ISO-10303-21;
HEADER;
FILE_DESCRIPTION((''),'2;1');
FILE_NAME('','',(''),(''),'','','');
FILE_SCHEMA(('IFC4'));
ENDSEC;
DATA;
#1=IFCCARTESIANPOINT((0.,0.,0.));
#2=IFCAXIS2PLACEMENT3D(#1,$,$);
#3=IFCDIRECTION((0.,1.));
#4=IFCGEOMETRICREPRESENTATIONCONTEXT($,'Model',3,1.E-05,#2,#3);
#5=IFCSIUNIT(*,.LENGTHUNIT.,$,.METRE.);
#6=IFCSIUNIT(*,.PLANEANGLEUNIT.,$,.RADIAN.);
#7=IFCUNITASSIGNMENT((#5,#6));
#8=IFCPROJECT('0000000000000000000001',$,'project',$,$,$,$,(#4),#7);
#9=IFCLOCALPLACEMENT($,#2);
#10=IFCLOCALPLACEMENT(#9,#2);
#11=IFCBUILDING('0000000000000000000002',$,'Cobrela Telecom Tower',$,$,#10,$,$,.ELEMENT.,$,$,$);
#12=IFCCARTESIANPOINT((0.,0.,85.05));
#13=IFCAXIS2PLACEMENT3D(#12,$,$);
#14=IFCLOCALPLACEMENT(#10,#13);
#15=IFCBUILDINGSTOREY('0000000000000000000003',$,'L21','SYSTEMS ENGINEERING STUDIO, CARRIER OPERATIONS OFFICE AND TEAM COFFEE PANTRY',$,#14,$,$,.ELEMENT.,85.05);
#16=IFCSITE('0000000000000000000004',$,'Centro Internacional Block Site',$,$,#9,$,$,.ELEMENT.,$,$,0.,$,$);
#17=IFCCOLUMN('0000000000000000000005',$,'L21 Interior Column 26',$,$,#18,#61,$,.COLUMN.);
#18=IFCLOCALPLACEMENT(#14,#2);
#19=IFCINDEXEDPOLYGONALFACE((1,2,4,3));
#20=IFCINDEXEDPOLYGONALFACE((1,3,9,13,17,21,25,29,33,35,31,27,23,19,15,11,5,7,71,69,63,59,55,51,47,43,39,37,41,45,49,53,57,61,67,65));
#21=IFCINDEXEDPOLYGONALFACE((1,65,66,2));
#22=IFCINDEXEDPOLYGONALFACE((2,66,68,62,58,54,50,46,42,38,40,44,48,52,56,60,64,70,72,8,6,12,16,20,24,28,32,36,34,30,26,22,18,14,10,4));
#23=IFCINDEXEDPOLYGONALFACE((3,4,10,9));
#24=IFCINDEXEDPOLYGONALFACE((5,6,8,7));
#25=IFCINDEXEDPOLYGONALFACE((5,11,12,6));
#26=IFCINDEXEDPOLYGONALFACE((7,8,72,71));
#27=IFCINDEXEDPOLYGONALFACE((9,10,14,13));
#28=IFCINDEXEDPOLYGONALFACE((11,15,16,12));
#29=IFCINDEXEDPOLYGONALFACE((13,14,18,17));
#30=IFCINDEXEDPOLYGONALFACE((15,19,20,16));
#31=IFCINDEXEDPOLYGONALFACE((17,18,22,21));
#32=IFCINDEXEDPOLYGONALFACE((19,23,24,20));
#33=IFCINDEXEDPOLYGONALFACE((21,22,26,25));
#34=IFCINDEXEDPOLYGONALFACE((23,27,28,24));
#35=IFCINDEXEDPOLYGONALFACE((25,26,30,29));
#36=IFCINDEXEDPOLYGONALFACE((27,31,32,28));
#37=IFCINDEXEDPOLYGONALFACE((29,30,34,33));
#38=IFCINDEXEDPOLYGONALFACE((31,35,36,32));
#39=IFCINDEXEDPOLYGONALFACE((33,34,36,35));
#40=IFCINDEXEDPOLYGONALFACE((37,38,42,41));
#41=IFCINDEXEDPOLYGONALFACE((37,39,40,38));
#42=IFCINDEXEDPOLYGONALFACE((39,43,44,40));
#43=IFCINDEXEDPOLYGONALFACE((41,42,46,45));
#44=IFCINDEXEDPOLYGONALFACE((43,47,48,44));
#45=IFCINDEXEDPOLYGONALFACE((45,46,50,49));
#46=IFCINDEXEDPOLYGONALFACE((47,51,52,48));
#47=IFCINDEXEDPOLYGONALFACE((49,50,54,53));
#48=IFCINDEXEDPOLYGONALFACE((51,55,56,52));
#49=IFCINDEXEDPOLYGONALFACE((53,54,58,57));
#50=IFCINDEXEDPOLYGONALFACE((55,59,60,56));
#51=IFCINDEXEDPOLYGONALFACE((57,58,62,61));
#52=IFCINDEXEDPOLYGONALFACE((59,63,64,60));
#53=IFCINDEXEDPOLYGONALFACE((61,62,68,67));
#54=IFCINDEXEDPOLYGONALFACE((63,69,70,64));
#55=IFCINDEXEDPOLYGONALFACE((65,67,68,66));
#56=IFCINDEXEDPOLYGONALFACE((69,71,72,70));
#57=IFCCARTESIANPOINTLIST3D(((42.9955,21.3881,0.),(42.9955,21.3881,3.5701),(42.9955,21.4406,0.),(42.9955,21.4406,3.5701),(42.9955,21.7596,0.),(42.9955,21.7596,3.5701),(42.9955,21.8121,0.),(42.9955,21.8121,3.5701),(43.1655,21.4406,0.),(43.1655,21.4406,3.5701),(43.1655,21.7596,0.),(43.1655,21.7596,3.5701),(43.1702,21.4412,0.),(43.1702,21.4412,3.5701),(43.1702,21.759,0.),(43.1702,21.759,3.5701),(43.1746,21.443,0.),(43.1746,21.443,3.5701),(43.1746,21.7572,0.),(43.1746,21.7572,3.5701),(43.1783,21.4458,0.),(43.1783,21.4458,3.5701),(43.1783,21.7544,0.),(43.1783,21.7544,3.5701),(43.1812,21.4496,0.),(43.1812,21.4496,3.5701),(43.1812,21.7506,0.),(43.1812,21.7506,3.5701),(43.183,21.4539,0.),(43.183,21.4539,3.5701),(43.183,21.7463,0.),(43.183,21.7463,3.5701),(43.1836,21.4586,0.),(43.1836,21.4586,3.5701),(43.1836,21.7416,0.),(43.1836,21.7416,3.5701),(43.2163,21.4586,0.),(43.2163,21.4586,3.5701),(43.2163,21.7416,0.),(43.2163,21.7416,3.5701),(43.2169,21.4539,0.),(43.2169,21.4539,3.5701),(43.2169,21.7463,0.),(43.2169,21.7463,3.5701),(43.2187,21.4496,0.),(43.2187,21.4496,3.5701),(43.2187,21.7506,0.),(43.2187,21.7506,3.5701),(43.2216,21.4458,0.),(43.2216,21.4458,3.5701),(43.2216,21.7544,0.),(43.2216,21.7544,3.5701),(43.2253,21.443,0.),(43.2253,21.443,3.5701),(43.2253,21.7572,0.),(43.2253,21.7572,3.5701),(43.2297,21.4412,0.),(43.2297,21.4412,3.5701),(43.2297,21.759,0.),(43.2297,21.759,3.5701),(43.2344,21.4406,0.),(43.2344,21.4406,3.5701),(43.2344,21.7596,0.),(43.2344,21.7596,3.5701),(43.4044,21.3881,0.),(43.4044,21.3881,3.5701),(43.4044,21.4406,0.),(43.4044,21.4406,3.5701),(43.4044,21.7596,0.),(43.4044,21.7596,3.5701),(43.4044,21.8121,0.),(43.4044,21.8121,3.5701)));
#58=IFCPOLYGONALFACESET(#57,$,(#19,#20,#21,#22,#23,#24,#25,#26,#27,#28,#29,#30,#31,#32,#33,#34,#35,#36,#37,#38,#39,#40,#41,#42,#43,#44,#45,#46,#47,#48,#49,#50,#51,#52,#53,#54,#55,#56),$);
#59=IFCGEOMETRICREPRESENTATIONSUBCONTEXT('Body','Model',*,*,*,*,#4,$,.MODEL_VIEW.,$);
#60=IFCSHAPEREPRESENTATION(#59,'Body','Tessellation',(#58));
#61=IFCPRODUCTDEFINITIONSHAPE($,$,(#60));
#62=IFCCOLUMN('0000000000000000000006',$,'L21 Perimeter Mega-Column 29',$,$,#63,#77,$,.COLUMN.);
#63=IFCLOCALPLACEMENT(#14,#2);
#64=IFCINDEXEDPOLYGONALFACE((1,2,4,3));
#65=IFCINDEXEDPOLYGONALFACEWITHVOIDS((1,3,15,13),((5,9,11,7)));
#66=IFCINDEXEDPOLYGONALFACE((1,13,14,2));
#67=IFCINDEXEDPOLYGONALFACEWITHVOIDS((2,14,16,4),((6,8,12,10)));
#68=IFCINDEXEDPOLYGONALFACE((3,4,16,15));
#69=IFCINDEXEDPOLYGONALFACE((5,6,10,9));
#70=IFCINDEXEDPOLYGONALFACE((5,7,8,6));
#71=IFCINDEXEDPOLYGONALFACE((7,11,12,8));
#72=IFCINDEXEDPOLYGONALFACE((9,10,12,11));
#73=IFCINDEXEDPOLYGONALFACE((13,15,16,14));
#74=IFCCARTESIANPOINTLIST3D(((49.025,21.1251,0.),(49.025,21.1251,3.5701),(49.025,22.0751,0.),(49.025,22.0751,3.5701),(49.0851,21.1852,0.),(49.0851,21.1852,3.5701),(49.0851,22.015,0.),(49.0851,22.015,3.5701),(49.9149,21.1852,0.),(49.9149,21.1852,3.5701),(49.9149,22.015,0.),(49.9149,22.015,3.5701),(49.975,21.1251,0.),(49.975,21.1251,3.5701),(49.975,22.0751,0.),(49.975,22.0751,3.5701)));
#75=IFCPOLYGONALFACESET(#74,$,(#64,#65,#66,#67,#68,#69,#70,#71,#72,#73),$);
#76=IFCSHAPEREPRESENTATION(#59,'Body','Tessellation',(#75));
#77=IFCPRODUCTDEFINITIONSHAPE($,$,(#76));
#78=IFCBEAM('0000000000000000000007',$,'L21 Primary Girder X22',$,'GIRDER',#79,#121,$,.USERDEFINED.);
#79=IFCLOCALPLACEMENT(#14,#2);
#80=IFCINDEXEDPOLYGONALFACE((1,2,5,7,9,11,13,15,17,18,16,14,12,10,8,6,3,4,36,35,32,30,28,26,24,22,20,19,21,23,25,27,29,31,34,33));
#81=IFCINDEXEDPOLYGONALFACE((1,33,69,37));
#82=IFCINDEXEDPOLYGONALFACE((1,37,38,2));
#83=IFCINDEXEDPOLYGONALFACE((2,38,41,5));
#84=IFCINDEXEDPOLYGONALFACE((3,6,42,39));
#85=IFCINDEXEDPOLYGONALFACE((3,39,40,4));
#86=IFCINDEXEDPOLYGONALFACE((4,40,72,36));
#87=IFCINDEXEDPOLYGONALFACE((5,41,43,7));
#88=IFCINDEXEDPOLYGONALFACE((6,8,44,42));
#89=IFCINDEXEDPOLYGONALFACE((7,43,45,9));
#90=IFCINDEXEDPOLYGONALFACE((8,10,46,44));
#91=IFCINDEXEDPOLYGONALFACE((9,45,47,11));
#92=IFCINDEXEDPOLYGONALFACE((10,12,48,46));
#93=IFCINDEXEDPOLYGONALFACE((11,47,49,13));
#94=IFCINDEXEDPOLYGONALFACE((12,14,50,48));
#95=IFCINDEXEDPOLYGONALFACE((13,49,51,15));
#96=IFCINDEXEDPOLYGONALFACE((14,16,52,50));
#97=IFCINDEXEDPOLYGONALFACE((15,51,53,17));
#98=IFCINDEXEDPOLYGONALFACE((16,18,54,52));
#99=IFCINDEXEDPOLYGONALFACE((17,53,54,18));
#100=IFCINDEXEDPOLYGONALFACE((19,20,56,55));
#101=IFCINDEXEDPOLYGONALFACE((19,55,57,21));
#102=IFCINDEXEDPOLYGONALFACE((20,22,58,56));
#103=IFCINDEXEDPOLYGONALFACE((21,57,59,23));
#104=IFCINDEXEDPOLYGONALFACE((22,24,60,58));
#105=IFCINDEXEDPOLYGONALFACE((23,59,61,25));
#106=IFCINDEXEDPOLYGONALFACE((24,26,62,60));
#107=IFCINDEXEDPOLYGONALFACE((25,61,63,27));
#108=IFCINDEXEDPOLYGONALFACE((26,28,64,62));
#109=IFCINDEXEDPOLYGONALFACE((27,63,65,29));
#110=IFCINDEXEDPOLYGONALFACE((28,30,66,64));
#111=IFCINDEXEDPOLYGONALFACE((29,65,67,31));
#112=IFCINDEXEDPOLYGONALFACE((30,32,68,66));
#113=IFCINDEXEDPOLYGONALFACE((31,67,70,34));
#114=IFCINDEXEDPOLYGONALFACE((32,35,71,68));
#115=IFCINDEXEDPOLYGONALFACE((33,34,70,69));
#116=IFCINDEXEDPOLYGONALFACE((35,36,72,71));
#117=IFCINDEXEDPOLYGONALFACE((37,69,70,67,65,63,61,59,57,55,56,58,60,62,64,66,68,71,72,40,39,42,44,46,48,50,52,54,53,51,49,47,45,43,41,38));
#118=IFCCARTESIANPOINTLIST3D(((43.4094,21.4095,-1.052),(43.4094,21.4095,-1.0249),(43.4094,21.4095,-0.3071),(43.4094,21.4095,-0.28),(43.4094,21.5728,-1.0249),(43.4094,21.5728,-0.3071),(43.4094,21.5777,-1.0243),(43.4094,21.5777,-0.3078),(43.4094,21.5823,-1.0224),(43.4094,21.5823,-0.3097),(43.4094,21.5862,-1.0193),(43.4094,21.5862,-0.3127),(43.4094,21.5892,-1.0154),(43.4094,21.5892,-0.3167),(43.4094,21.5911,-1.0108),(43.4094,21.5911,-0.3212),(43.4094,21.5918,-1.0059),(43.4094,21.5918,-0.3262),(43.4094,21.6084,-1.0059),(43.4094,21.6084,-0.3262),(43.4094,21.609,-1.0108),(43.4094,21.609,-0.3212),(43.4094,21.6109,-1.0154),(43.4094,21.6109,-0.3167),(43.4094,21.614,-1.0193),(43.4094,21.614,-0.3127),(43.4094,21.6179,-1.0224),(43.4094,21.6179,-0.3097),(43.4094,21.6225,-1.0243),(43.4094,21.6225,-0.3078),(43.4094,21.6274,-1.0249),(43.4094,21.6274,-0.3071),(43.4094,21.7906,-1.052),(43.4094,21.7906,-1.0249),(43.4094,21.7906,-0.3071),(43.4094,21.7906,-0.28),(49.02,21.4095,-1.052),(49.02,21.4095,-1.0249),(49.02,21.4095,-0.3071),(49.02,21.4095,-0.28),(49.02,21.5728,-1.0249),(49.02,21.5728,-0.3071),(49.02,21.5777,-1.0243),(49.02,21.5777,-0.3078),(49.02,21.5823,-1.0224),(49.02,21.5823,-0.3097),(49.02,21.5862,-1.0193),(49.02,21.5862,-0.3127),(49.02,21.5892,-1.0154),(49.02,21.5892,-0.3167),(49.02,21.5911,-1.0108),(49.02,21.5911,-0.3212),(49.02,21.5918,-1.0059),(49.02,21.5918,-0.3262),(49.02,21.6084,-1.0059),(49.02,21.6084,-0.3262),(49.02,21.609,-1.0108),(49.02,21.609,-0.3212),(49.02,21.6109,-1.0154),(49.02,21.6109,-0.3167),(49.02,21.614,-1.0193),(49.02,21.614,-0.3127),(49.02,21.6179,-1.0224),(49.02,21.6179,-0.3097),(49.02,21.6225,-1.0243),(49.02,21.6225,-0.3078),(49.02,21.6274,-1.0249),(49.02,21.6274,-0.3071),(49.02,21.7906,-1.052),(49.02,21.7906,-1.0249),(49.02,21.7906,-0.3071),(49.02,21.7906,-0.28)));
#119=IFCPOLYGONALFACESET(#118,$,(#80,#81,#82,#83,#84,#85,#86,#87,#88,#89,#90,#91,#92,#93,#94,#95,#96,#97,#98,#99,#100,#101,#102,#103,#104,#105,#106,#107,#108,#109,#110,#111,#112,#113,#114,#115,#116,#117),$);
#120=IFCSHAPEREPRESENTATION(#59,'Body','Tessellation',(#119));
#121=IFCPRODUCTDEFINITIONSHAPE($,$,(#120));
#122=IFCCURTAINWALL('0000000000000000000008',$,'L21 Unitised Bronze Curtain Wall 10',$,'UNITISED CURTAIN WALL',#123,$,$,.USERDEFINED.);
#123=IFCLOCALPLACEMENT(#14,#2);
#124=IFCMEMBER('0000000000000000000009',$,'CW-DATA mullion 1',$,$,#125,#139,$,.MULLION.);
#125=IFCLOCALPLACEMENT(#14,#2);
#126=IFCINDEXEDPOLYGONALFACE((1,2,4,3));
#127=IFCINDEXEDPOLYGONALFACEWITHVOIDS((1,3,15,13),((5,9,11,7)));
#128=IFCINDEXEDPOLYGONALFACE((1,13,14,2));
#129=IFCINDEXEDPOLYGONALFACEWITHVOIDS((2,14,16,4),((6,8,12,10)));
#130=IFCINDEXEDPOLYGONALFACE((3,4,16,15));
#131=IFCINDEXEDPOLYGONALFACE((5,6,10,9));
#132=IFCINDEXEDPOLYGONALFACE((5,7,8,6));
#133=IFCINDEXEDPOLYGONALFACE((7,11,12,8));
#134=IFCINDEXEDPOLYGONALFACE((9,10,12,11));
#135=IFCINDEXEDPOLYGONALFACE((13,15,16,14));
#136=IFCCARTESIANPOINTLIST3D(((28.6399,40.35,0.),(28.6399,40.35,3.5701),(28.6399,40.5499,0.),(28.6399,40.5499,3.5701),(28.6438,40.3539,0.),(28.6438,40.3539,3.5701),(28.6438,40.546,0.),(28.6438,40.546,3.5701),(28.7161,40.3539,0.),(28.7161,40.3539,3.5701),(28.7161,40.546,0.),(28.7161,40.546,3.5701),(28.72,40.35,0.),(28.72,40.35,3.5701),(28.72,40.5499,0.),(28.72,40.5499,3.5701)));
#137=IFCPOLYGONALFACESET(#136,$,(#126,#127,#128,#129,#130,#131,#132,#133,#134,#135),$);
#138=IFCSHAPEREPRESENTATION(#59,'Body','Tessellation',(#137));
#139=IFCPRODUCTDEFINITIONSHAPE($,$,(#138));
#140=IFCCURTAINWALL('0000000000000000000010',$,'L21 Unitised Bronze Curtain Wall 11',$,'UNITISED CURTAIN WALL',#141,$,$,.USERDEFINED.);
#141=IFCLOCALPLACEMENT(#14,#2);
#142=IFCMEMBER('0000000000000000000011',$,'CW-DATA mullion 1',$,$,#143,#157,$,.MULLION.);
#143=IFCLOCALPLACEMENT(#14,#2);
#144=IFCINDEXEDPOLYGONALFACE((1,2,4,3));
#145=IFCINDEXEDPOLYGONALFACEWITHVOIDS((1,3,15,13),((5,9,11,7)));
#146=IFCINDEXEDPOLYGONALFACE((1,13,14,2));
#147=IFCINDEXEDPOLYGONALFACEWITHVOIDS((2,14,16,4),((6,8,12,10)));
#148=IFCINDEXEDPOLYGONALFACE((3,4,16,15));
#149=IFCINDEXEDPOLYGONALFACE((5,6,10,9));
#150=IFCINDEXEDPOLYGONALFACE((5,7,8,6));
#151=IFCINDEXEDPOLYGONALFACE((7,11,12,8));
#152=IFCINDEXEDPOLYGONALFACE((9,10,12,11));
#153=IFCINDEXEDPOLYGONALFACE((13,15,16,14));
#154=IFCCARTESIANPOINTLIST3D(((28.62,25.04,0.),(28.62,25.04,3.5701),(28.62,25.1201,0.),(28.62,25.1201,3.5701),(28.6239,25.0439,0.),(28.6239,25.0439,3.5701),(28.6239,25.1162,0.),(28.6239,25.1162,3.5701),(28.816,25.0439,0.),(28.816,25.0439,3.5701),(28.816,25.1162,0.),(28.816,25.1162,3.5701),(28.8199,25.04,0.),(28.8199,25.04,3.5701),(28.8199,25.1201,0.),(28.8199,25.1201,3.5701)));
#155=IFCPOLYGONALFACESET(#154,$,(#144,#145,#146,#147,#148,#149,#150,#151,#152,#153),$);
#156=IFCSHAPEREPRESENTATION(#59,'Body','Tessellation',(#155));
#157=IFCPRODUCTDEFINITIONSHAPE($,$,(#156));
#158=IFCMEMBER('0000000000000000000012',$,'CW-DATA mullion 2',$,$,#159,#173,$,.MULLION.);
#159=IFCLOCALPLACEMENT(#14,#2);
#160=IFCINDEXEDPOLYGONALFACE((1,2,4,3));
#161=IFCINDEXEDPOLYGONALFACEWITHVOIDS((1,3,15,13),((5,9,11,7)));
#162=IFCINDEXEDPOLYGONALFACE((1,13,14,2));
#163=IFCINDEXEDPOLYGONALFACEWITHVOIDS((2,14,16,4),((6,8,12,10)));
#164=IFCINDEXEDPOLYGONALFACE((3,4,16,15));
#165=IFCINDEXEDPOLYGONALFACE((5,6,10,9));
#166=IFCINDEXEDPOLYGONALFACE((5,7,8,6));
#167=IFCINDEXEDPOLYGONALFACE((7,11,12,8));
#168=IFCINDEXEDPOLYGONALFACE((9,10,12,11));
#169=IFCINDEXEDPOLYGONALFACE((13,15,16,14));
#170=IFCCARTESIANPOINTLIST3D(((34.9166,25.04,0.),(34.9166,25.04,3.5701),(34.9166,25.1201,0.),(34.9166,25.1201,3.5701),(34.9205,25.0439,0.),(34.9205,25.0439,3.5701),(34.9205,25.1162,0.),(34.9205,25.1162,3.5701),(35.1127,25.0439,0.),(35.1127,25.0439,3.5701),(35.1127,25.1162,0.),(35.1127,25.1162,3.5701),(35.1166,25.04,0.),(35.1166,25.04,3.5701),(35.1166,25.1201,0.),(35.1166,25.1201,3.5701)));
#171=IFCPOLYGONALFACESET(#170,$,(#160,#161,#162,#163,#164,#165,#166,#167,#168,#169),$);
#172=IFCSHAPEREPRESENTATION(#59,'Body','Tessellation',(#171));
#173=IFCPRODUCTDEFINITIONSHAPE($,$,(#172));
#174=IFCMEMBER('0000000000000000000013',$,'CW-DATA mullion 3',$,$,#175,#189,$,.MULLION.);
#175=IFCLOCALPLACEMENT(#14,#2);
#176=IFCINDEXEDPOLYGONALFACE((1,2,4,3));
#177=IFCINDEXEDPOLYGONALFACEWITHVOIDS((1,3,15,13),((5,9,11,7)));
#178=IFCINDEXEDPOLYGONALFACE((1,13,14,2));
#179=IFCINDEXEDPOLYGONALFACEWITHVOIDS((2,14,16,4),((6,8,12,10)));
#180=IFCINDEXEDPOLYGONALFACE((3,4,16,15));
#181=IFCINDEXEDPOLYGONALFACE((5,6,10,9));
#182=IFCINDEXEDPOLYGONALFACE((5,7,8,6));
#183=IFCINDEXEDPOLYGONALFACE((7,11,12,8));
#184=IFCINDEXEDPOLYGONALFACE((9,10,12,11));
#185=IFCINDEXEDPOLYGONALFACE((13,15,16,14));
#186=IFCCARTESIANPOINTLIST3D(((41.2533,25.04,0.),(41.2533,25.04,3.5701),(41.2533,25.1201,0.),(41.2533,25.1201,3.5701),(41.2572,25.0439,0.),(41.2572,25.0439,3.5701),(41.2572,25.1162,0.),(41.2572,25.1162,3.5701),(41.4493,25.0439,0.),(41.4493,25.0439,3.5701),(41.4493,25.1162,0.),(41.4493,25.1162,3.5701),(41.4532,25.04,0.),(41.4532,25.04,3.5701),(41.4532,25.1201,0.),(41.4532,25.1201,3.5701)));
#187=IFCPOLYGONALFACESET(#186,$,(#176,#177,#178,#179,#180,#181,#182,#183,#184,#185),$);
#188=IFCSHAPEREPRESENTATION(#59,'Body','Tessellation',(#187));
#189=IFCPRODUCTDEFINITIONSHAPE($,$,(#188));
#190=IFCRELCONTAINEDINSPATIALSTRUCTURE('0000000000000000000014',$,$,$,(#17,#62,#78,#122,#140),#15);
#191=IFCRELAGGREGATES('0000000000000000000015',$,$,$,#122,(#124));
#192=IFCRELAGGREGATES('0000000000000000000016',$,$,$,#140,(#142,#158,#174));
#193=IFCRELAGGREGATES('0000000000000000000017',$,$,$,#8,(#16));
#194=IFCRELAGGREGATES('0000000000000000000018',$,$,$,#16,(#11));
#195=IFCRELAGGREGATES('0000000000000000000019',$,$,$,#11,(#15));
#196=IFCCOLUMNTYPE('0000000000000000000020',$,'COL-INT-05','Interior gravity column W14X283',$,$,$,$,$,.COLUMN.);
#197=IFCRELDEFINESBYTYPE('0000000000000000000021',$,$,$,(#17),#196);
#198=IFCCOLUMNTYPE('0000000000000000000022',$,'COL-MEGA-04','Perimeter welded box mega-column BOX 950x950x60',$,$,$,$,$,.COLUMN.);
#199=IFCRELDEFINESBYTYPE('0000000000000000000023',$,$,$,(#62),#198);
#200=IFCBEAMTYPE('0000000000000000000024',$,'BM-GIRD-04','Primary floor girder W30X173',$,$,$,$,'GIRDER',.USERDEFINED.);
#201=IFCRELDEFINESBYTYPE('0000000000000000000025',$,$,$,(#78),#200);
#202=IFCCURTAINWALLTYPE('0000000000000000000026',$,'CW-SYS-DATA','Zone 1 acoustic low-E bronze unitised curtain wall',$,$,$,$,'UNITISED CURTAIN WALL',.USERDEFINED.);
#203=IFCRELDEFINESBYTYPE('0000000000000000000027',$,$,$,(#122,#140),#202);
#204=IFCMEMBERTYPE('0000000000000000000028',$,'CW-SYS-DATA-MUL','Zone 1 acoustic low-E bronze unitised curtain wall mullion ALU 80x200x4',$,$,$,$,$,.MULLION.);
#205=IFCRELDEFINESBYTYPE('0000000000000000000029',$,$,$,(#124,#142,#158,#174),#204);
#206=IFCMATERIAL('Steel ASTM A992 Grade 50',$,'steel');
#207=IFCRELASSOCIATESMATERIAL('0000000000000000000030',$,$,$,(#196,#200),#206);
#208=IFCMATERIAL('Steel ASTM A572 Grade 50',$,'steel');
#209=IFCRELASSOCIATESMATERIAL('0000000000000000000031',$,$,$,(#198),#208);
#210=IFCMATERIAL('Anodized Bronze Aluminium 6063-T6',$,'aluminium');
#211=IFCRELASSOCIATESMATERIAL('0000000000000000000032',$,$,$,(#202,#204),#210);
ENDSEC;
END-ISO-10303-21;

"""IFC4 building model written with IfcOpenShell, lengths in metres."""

from ifc_helpers import new_model, si_unit, direction, frame, origin, origin_2d, place, context, subcontext, project, spatial, hollow_rectangle, i_section, extrude, material, material_profile, profile_set, type_object, element, aggregate, save


model = new_model("IFC4")

# Units and contexts
model_context = context("Model", 3, precision=1e-05, world=origin(), true_north=direction((0.0, 1.0)))
body_context = subcontext(model_context, "Body", "Model", "MODEL_VIEW")
ifc_project = project(units=[si_unit("LENGTHUNIT", "METRE"), si_unit("PLANEANGLEUNIT", "RADIAN")], contexts=[model_context])

# Site, building, storey
site_placement = place(None, origin())
site = spatial("IfcSite", under=ifc_project, at=site_placement, Name="Centro Internacional Block Site", CompositionType="ELEMENT", RefElevation=0.0)
building_placement = place(site_placement, origin())
building = spatial("IfcBuilding", under=site, at=building_placement, Name="Cobrela Telecom Tower", CompositionType="ELEMENT")
storey_placement = place(building_placement, frame((0.0, 0.0, 85.05)))
storey = spatial("IfcBuildingStorey", under=building, at=storey_placement, Name="L21", Description="SYSTEMS ENGINEERING STUDIO, CARRIER OPERATIONS OFFICE AND TEAM COFFEE PANTRY", CompositionType="ELEMENT", Elevation=85.05)

# Columns
ifc_material_1 = material(Name="Steel ASTM A992 Grade 50", Category="steel")
ifc_material_profile_1 = material_profile(ifc_material_1, i_section(OverallWidth=0.4089, OverallDepth=0.4241, WebThickness=0.0327, FlangeThickness=0.0525, FilletRadius=0.0181, at=origin_2d()), Name="W14X283")
ifc_profile_set_1 = profile_set([ifc_material_profile_1], Name="Steel ASTM A992 Grade 50")
column_type_1 = type_object("IfcColumnType", Name="COL-INT-05", Description="Interior gravity column W14X283", PredefinedType="COLUMN", material=ifc_profile_set_1)
column_1_placement = place(storey_placement, frame((43.2, 21.6001, 0.0), z_axis=(0.0, 0.0, 1.0), x_axis=(1.0, 0.0, 0.0)))
element("IfcColumn", 1, at=column_1_placement, inside=storey, type_object=column_type_1, Name="L21 Interior Column 26", PredefinedType="COLUMN", context=body_context, shape_type="SweptSolid", body=[
    extrude(i_section(OverallWidth=0.4089, OverallDepth=0.4241, WebThickness=0.0327, FlangeThickness=0.0525, FilletRadius=0.0181, at=origin_2d()), origin(), (0.0, 0.0, 1.0), 3.5701),
])
ifc_material_2 = material(Name="Steel ASTM A572 Grade 50", Category="steel")
ifc_material_profile_2 = material_profile(ifc_material_2, hollow_rectangle(XDim=0.95, YDim=0.95, WallThickness=0.0601, at=origin_2d()), Name="BOX 950x950x60")
ifc_profile_set_2 = profile_set([ifc_material_profile_2], Name="Steel ASTM A572 Grade 50")
column_type_2 = type_object("IfcColumnType", Name="COL-MEGA-04", Description="Perimeter welded box mega-column BOX 950x950x60", PredefinedType="COLUMN", material=ifc_profile_set_2)
column_2_placement = place(storey_placement, frame((49.5, 21.6001, 0.0), z_axis=(0.0, 0.0, 1.0), x_axis=(1.0, 0.0, 0.0)))
element("IfcColumn", 2, at=column_2_placement, inside=storey, type_object=column_type_2, Name="L21 Perimeter Mega-Column 29", PredefinedType="COLUMN", context=body_context, shape_type="SweptSolid", body=[
    extrude(hollow_rectangle(XDim=0.95, YDim=0.95, WallThickness=0.0601, at=origin_2d()), origin(), (0.0, 0.0, 1.0), 3.5701),
])

# Beam
ifc_material_profile_3 = material_profile(ifc_material_1, i_section(OverallWidth=0.3811, OverallDepth=0.772, WebThickness=0.0166, FlangeThickness=0.0271, FilletRadius=0.019, at=origin_2d()), Name="W30X173")
ifc_profile_set_3 = profile_set([ifc_material_profile_3], Name="Steel ASTM A992 Grade 50")
beam_type = type_object("IfcBeamType", Name="BM-GIRD-04", Description="Primary floor girder W30X173", ElementType="GIRDER", PredefinedType="USERDEFINED", material=ifc_profile_set_3)
beam_placement = place(storey_placement, frame((43.4094, 21.6001, -0.666), z_axis=(1.0, 0.0, 0.0), x_axis=(0.0, 1.0, 0.0)))
element("IfcBeam", 3, at=beam_placement, inside=storey, type_object=beam_type, Name="L21 Primary Girder X22", ObjectType="GIRDER", PredefinedType="USERDEFINED", context=body_context, shape_type="SweptSolid", body=[
    extrude(i_section(OverallWidth=0.3811, OverallDepth=0.772, WebThickness=0.0166, FlangeThickness=0.0271, FilletRadius=0.019, at=origin_2d()), origin(), (0.0, 0.0, 1.0), 5.6106),
])

# Curtain wall, member
ifc_material_3 = material(Name="Anodized Bronze Aluminium 6063-T6", Category="aluminium")
curtain_wall_type = type_object("IfcCurtainWallType", Name="CW-SYS-DATA", Description="Zone 1 acoustic low-E bronze unitised curtain wall", ElementType="UNITISED CURTAIN WALL", PredefinedType="USERDEFINED", material=ifc_material_3)
curtain_wall_1_placement = place(storey_placement, origin())
curtain_wall_1 = element("IfcCurtainWall", 4, at=curtain_wall_1_placement, inside=storey, type_object=curtain_wall_type, Name="L21 Unitised Bronze Curtain Wall 10", ObjectType="UNITISED CURTAIN WALL", PredefinedType="USERDEFINED")
ifc_material_profile_4 = material_profile(ifc_material_3, hollow_rectangle(XDim=0.0801, YDim=0.2, WallThickness=0.0039, at=origin_2d()), Name="ALU 80x200x4")
ifc_profile_set_4 = profile_set([ifc_material_profile_4], Name="Anodized Bronze Aluminium 6063-T6")
member_type_1 = type_object("IfcMemberType", Name="CW-SYS-DATA-MUL", Description="Zone 1 acoustic low-E bronze unitised curtain wall mullion ALU 80x200x4", PredefinedType="MULLION", material=ifc_profile_set_4)
member_1_placement = place(storey_placement, frame((28.6799, 40.45, 0.0), z_axis=(0.0, 0.0, 1.0), x_axis=(1.0, 0.0, 0.0)))
member_1 = element("IfcMember", 5, at=member_1_placement, type_object=member_type_1, Name="CW-DATA mullion 1", PredefinedType="MULLION", context=body_context, shape_type="SweptSolid", body=[
    extrude(hollow_rectangle(XDim=0.0801, YDim=0.2, WallThickness=0.0039, at=origin_2d()), origin(), (0.0, 0.0, 1.0), 3.5701),
])
aggregate(curtain_wall_1, [member_1])

# Curtain wall, members
curtain_wall_2_placement = place(storey_placement, origin())
curtain_wall_2 = element("IfcCurtainWall", 6, at=curtain_wall_2_placement, inside=storey, type_object=curtain_wall_type, Name="L21 Unitised Bronze Curtain Wall 11", ObjectType="UNITISED CURTAIN WALL", PredefinedType="USERDEFINED")
member_2_placement = place(storey_placement, frame((28.72, 25.0801, 0.0), z_axis=(0.0, 0.0, 1.0), x_axis=(0.0, 1.0, 0.0)))
member_2 = element("IfcMember", 7, at=member_2_placement, type_object=member_type_1, Name="CW-DATA mullion 1", PredefinedType="MULLION", context=body_context, shape_type="SweptSolid", body=[
    extrude(hollow_rectangle(XDim=0.0801, YDim=0.2, WallThickness=0.0039, at=origin_2d()), origin(), (0.0, 0.0, 1.0), 3.5701),
])
member_3_placement = place(storey_placement, frame((35.0166, 25.0801, 0.0), z_axis=(0.0, 0.0, 1.0), x_axis=(0.0, 1.0, 0.0)))
member_3 = element("IfcMember", 8, at=member_3_placement, type_object=member_type_1, Name="CW-DATA mullion 2", PredefinedType="MULLION", context=body_context, shape_type="SweptSolid", body=[
    extrude(hollow_rectangle(XDim=0.0801, YDim=0.2, WallThickness=0.0039, at=origin_2d()), origin(), (0.0, 0.0, 1.0), 3.5701),
])
member_4_placement = place(storey_placement, frame((41.3533, 25.0801, 0.0), z_axis=(0.0, 0.0, 1.0), x_axis=(0.0, 1.0, 0.0)))
member_4 = element("IfcMember", 9, at=member_4_placement, type_object=member_type_1, Name="CW-DATA mullion 3", PredefinedType="MULLION", context=body_context, shape_type="SweptSolid", body=[
    extrude(hollow_rectangle(XDim=0.0801, YDim=0.2, WallThickness=0.0039, at=origin_2d()), origin(), (0.0, 0.0, 1.0), 3.5701),
])

aggregate(curtain_wall_2, [member_2, member_3, member_4])

save(model, "model.ifc")
